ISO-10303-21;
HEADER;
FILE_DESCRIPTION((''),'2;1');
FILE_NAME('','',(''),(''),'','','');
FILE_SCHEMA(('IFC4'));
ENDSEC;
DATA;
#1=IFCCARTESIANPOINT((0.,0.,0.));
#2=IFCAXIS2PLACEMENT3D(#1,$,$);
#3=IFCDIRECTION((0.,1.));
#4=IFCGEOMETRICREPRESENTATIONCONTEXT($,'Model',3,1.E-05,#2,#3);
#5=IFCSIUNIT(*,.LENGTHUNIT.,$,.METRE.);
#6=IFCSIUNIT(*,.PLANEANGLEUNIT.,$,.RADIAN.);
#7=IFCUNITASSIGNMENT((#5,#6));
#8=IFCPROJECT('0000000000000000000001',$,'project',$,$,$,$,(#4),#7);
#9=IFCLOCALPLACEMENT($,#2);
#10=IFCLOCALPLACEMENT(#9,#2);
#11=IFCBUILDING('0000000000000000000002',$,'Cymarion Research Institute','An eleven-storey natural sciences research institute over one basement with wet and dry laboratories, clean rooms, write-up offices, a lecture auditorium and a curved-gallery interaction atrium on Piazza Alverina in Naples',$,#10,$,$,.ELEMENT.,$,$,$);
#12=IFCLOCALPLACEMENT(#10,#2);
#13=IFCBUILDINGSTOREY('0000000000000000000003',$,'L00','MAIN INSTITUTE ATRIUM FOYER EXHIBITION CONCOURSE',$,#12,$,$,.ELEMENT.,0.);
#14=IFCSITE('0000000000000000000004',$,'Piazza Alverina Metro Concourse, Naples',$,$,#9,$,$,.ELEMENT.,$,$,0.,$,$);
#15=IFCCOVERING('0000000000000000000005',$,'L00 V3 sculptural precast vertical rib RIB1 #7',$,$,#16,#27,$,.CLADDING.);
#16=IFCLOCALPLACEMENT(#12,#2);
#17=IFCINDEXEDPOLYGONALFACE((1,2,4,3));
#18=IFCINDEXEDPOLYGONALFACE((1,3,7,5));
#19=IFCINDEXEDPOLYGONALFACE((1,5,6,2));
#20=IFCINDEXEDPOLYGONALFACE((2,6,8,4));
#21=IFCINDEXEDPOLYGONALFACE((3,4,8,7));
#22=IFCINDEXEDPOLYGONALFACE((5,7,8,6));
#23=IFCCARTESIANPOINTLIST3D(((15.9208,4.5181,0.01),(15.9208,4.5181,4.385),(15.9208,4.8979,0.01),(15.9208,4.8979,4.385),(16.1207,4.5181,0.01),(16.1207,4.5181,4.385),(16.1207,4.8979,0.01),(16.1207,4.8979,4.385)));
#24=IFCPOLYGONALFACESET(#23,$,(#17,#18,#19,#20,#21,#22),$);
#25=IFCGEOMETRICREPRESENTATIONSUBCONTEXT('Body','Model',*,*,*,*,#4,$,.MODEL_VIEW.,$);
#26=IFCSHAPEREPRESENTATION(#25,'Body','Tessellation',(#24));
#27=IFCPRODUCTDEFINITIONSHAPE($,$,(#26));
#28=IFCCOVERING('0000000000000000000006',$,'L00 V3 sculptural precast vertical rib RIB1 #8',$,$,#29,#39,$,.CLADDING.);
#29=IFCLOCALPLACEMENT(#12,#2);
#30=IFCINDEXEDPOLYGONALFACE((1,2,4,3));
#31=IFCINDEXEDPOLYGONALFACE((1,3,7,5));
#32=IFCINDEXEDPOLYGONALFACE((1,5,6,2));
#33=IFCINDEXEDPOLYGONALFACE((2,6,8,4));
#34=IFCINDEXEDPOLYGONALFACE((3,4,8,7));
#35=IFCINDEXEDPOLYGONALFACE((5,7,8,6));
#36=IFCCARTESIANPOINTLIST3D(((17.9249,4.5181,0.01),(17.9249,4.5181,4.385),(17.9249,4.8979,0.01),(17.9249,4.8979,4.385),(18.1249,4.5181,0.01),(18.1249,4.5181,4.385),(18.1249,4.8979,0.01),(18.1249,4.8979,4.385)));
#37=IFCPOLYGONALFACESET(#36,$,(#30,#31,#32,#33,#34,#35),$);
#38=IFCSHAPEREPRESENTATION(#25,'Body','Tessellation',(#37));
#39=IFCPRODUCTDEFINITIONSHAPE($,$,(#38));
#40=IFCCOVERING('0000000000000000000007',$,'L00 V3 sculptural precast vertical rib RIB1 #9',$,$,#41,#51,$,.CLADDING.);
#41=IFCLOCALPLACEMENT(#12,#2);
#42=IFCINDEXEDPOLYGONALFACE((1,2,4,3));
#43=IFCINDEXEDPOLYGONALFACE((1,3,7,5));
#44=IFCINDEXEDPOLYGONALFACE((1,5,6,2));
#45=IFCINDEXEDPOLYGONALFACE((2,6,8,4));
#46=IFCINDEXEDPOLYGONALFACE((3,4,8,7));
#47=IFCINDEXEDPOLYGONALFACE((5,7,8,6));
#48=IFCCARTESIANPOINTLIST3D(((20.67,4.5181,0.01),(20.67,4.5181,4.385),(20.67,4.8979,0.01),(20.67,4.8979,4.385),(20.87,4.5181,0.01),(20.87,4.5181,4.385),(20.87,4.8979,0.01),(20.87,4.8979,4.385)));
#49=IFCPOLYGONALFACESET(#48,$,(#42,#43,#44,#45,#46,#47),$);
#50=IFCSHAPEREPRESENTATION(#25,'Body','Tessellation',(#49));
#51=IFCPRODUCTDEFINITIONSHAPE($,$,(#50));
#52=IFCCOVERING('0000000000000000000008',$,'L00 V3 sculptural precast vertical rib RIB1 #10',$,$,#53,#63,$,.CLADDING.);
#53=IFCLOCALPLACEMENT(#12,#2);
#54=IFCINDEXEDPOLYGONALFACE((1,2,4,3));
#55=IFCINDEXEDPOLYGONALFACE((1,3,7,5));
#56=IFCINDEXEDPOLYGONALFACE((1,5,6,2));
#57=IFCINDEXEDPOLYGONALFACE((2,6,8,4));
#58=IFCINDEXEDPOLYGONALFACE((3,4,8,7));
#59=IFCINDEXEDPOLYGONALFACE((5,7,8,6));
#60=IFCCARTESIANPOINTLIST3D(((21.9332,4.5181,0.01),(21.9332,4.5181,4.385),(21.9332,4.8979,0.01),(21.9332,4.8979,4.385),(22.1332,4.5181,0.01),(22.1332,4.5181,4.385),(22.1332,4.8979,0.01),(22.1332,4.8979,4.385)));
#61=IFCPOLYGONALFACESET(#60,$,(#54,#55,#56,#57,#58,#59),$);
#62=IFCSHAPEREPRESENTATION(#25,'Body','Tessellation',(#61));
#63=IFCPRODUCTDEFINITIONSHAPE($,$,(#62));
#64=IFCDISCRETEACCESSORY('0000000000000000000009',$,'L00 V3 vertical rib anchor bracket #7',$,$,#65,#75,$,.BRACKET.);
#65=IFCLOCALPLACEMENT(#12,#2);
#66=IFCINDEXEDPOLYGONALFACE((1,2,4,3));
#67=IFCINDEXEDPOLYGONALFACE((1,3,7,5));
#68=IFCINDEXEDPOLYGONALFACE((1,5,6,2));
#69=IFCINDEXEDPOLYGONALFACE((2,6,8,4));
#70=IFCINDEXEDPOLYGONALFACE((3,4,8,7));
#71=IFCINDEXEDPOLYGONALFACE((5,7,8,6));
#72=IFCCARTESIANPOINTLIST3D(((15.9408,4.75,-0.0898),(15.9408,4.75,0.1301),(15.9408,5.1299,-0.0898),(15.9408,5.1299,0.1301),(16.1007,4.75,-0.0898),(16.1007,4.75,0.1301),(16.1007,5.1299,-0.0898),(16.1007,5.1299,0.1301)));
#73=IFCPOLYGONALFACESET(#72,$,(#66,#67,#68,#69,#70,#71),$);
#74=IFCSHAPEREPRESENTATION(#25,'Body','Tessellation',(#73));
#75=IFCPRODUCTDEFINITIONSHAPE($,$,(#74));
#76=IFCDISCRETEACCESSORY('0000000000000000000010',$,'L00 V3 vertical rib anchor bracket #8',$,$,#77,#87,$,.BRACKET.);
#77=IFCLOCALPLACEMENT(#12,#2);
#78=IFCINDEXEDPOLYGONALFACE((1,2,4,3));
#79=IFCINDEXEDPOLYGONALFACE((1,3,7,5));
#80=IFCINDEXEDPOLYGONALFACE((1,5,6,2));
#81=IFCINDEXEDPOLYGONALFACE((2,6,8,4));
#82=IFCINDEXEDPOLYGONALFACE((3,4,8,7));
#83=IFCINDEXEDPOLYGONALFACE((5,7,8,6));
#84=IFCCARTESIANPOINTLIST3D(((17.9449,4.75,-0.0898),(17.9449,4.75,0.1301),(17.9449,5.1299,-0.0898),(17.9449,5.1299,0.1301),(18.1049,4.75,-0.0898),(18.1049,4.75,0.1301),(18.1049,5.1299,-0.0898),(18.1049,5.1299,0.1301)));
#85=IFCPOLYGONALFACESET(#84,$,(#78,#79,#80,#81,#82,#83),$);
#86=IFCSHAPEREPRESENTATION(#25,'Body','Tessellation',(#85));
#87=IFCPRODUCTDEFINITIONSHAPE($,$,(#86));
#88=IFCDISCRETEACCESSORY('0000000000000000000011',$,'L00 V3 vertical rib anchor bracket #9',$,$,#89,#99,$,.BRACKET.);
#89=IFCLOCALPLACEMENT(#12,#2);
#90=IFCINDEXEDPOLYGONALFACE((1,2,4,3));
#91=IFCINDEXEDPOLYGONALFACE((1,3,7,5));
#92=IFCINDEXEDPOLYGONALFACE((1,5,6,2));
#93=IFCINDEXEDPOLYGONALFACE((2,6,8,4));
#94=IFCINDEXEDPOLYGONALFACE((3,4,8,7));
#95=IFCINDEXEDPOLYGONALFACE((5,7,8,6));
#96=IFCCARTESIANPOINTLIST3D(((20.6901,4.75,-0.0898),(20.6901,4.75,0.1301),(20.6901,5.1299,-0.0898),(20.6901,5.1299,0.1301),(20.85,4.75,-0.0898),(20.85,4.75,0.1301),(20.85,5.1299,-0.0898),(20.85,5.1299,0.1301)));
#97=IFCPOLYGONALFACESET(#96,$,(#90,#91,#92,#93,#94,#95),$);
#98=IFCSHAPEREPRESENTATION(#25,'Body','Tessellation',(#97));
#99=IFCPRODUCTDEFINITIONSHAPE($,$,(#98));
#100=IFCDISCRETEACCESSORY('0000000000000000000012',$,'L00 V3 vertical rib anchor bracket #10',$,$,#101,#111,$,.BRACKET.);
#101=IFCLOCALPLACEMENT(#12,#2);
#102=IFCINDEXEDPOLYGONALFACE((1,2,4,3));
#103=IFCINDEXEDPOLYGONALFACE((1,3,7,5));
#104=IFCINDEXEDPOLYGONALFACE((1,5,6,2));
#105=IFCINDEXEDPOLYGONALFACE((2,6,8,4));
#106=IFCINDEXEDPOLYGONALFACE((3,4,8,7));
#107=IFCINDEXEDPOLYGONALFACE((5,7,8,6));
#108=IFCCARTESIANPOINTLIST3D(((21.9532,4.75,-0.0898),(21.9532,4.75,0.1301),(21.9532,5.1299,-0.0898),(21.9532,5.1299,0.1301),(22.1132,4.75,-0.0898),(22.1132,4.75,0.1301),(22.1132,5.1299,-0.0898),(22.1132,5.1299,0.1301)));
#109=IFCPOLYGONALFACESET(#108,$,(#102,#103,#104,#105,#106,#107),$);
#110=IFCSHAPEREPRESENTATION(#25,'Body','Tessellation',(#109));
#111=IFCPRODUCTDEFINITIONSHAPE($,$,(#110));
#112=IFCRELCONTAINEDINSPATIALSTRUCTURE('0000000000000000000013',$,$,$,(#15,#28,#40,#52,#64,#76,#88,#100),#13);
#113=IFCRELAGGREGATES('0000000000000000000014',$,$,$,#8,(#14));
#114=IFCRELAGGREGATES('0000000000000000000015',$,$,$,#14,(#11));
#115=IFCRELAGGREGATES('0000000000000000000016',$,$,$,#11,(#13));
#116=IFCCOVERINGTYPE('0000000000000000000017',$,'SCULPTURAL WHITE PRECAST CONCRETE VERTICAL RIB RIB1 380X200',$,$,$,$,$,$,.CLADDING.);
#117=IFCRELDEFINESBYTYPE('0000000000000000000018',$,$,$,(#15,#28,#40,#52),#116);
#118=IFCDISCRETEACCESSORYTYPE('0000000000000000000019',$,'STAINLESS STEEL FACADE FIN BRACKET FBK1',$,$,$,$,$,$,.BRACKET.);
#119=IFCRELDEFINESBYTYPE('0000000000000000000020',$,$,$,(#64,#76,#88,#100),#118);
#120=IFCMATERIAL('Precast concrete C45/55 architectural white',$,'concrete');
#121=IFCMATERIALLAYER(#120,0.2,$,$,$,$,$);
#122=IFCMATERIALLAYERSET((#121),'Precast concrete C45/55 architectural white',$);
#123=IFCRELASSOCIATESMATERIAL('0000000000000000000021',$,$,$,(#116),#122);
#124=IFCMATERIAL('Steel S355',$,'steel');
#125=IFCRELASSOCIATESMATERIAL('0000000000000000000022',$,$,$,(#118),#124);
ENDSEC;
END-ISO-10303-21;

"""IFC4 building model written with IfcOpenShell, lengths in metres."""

from ifc_helpers import new_model, si_unit, direction, frame, origin, origin_2d, place, context, subcontext, project, spatial, rectangle, extrude, material, layer, layer_set, type_object, element, save


model = new_model("IFC4")

# Units and contexts
model_context = context("Model", 3, precision=1e-05, world=origin(), true_north=direction((0.0, 1.0)))
body_context = subcontext(model_context, "Body", "Model", "MODEL_VIEW")
ifc_project = project(units=[si_unit("LENGTHUNIT", "METRE"), si_unit("PLANEANGLEUNIT", "RADIAN")], contexts=[model_context])

# Site, building, storey
site_placement = place(None, origin())
site = spatial("IfcSite", under=ifc_project, at=site_placement, Name="Piazza Alverina Metro Concourse, Naples", CompositionType="ELEMENT", RefElevation=0.0)
building_placement = place(site_placement, origin())
building = spatial("IfcBuilding", under=site, at=building_placement, Name="Cymarion Research Institute", Description="An eleven-storey natural sciences research institute over one basement with wet and dry laboratories, clean rooms, write-up offices, a lecture auditorium and a curved-gallery interaction atrium on Piazza Alverina in Naples", CompositionType="ELEMENT")
storey_placement = place(building_placement, origin())
storey = spatial("IfcBuildingStorey", under=building, at=storey_placement, Name="L00", Description="MAIN INSTITUTE ATRIUM FOYER EXHIBITION CONCOURSE", CompositionType="ELEMENT", Elevation=0.0)

# Shared definitions
ifc_material_1 = material(Name="Steel S355", Category="steel")

# Coverings
ifc_material_2 = material(Name="Precast concrete C45/55 architectural white", Category="concrete")
ifc_layer_1 = layer(ifc_material_2, 0.2)
ifc_layer_set_1 = layer_set([ifc_layer_1], Name="Precast concrete C45/55 architectural white")
covering_type = type_object("IfcCoveringType", Name="SCULPTURAL WHITE PRECAST CONCRETE VERTICAL RIB RIB1 380X200", PredefinedType="CLADDING", material=ifc_layer_set_1)
for number, where, z_axis, x_axis, name in (
    (1, (16.0208, 4.708, 0.01), (0.0, 0.0, 1.0), (0.0, -1.0, 0.0), "L00 V3 sculptural precast vertical rib RIB1 #7"),
    (2, (18.0249, 4.708, 0.01), (0.0, 0.0, 1.0), (0.0, -1.0, 0.0), "L00 V3 sculptural precast vertical rib RIB1 #8"),
    (3, (20.77, 4.708, 0.01), (0.0, 0.0, 1.0), (0.0, -1.0, 0.0), "L00 V3 sculptural precast vertical rib RIB1 #9"),
    (4, (22.0332, 4.708, 0.01), (0.0, 0.0, 1.0), (0.0, -1.0, 0.0), "L00 V3 sculptural precast vertical rib RIB1 #10"),
):
    element("IfcCovering", number, at=place(storey_placement, frame(where, z_axis=z_axis, x_axis=x_axis)), inside=storey, type_object=covering_type, Name=name, PredefinedType="CLADDING", context=body_context, shape_type="SweptSolid", body=[
        extrude(rectangle(XDim=0.3799, YDim=0.2, at=origin_2d()), origin(), (0.0, 0.0, 1.0), 4.375),
    ])

# Discrete accessories
discrete_accessory_type = type_object("IfcDiscreteAccessoryType", Name="STAINLESS STEEL FACADE FIN BRACKET FBK1", PredefinedType="BRACKET", material=ifc_material_1)
for number, where, z_axis, x_axis, name in (
    (5, (16.0208, 4.9399, -0.0898), (0.0, 0.0, 1.0), (0.0, -1.0, 0.0), "L00 V3 vertical rib anchor bracket #7"),
    (6, (18.0249, 4.9399, -0.0898), (0.0, 0.0, 1.0), (0.0, -1.0, 0.0), "L00 V3 vertical rib anchor bracket #8"),
    (7, (20.77, 4.9399, -0.0898), (0.0, 0.0, 1.0), (0.0, -1.0, 0.0), "L00 V3 vertical rib anchor bracket #9"),
    (8, (22.0332, 4.9399, -0.0898), (0.0, 0.0, 1.0), (0.0, -1.0, 0.0), "L00 V3 vertical rib anchor bracket #10"),
):
    element("IfcDiscreteAccessory", number, at=place(storey_placement, frame(where, z_axis=z_axis, x_axis=x_axis)), inside=storey, type_object=discrete_accessory_type, Name=name, PredefinedType="BRACKET", context=body_context, shape_type="SweptSolid", body=[
        extrude(rectangle(XDim=0.3799, YDim=0.1599, at=origin_2d()), origin(), (0.0, 0.0, 1.0), 0.22),
    ])

save(model, "model.ifc")
